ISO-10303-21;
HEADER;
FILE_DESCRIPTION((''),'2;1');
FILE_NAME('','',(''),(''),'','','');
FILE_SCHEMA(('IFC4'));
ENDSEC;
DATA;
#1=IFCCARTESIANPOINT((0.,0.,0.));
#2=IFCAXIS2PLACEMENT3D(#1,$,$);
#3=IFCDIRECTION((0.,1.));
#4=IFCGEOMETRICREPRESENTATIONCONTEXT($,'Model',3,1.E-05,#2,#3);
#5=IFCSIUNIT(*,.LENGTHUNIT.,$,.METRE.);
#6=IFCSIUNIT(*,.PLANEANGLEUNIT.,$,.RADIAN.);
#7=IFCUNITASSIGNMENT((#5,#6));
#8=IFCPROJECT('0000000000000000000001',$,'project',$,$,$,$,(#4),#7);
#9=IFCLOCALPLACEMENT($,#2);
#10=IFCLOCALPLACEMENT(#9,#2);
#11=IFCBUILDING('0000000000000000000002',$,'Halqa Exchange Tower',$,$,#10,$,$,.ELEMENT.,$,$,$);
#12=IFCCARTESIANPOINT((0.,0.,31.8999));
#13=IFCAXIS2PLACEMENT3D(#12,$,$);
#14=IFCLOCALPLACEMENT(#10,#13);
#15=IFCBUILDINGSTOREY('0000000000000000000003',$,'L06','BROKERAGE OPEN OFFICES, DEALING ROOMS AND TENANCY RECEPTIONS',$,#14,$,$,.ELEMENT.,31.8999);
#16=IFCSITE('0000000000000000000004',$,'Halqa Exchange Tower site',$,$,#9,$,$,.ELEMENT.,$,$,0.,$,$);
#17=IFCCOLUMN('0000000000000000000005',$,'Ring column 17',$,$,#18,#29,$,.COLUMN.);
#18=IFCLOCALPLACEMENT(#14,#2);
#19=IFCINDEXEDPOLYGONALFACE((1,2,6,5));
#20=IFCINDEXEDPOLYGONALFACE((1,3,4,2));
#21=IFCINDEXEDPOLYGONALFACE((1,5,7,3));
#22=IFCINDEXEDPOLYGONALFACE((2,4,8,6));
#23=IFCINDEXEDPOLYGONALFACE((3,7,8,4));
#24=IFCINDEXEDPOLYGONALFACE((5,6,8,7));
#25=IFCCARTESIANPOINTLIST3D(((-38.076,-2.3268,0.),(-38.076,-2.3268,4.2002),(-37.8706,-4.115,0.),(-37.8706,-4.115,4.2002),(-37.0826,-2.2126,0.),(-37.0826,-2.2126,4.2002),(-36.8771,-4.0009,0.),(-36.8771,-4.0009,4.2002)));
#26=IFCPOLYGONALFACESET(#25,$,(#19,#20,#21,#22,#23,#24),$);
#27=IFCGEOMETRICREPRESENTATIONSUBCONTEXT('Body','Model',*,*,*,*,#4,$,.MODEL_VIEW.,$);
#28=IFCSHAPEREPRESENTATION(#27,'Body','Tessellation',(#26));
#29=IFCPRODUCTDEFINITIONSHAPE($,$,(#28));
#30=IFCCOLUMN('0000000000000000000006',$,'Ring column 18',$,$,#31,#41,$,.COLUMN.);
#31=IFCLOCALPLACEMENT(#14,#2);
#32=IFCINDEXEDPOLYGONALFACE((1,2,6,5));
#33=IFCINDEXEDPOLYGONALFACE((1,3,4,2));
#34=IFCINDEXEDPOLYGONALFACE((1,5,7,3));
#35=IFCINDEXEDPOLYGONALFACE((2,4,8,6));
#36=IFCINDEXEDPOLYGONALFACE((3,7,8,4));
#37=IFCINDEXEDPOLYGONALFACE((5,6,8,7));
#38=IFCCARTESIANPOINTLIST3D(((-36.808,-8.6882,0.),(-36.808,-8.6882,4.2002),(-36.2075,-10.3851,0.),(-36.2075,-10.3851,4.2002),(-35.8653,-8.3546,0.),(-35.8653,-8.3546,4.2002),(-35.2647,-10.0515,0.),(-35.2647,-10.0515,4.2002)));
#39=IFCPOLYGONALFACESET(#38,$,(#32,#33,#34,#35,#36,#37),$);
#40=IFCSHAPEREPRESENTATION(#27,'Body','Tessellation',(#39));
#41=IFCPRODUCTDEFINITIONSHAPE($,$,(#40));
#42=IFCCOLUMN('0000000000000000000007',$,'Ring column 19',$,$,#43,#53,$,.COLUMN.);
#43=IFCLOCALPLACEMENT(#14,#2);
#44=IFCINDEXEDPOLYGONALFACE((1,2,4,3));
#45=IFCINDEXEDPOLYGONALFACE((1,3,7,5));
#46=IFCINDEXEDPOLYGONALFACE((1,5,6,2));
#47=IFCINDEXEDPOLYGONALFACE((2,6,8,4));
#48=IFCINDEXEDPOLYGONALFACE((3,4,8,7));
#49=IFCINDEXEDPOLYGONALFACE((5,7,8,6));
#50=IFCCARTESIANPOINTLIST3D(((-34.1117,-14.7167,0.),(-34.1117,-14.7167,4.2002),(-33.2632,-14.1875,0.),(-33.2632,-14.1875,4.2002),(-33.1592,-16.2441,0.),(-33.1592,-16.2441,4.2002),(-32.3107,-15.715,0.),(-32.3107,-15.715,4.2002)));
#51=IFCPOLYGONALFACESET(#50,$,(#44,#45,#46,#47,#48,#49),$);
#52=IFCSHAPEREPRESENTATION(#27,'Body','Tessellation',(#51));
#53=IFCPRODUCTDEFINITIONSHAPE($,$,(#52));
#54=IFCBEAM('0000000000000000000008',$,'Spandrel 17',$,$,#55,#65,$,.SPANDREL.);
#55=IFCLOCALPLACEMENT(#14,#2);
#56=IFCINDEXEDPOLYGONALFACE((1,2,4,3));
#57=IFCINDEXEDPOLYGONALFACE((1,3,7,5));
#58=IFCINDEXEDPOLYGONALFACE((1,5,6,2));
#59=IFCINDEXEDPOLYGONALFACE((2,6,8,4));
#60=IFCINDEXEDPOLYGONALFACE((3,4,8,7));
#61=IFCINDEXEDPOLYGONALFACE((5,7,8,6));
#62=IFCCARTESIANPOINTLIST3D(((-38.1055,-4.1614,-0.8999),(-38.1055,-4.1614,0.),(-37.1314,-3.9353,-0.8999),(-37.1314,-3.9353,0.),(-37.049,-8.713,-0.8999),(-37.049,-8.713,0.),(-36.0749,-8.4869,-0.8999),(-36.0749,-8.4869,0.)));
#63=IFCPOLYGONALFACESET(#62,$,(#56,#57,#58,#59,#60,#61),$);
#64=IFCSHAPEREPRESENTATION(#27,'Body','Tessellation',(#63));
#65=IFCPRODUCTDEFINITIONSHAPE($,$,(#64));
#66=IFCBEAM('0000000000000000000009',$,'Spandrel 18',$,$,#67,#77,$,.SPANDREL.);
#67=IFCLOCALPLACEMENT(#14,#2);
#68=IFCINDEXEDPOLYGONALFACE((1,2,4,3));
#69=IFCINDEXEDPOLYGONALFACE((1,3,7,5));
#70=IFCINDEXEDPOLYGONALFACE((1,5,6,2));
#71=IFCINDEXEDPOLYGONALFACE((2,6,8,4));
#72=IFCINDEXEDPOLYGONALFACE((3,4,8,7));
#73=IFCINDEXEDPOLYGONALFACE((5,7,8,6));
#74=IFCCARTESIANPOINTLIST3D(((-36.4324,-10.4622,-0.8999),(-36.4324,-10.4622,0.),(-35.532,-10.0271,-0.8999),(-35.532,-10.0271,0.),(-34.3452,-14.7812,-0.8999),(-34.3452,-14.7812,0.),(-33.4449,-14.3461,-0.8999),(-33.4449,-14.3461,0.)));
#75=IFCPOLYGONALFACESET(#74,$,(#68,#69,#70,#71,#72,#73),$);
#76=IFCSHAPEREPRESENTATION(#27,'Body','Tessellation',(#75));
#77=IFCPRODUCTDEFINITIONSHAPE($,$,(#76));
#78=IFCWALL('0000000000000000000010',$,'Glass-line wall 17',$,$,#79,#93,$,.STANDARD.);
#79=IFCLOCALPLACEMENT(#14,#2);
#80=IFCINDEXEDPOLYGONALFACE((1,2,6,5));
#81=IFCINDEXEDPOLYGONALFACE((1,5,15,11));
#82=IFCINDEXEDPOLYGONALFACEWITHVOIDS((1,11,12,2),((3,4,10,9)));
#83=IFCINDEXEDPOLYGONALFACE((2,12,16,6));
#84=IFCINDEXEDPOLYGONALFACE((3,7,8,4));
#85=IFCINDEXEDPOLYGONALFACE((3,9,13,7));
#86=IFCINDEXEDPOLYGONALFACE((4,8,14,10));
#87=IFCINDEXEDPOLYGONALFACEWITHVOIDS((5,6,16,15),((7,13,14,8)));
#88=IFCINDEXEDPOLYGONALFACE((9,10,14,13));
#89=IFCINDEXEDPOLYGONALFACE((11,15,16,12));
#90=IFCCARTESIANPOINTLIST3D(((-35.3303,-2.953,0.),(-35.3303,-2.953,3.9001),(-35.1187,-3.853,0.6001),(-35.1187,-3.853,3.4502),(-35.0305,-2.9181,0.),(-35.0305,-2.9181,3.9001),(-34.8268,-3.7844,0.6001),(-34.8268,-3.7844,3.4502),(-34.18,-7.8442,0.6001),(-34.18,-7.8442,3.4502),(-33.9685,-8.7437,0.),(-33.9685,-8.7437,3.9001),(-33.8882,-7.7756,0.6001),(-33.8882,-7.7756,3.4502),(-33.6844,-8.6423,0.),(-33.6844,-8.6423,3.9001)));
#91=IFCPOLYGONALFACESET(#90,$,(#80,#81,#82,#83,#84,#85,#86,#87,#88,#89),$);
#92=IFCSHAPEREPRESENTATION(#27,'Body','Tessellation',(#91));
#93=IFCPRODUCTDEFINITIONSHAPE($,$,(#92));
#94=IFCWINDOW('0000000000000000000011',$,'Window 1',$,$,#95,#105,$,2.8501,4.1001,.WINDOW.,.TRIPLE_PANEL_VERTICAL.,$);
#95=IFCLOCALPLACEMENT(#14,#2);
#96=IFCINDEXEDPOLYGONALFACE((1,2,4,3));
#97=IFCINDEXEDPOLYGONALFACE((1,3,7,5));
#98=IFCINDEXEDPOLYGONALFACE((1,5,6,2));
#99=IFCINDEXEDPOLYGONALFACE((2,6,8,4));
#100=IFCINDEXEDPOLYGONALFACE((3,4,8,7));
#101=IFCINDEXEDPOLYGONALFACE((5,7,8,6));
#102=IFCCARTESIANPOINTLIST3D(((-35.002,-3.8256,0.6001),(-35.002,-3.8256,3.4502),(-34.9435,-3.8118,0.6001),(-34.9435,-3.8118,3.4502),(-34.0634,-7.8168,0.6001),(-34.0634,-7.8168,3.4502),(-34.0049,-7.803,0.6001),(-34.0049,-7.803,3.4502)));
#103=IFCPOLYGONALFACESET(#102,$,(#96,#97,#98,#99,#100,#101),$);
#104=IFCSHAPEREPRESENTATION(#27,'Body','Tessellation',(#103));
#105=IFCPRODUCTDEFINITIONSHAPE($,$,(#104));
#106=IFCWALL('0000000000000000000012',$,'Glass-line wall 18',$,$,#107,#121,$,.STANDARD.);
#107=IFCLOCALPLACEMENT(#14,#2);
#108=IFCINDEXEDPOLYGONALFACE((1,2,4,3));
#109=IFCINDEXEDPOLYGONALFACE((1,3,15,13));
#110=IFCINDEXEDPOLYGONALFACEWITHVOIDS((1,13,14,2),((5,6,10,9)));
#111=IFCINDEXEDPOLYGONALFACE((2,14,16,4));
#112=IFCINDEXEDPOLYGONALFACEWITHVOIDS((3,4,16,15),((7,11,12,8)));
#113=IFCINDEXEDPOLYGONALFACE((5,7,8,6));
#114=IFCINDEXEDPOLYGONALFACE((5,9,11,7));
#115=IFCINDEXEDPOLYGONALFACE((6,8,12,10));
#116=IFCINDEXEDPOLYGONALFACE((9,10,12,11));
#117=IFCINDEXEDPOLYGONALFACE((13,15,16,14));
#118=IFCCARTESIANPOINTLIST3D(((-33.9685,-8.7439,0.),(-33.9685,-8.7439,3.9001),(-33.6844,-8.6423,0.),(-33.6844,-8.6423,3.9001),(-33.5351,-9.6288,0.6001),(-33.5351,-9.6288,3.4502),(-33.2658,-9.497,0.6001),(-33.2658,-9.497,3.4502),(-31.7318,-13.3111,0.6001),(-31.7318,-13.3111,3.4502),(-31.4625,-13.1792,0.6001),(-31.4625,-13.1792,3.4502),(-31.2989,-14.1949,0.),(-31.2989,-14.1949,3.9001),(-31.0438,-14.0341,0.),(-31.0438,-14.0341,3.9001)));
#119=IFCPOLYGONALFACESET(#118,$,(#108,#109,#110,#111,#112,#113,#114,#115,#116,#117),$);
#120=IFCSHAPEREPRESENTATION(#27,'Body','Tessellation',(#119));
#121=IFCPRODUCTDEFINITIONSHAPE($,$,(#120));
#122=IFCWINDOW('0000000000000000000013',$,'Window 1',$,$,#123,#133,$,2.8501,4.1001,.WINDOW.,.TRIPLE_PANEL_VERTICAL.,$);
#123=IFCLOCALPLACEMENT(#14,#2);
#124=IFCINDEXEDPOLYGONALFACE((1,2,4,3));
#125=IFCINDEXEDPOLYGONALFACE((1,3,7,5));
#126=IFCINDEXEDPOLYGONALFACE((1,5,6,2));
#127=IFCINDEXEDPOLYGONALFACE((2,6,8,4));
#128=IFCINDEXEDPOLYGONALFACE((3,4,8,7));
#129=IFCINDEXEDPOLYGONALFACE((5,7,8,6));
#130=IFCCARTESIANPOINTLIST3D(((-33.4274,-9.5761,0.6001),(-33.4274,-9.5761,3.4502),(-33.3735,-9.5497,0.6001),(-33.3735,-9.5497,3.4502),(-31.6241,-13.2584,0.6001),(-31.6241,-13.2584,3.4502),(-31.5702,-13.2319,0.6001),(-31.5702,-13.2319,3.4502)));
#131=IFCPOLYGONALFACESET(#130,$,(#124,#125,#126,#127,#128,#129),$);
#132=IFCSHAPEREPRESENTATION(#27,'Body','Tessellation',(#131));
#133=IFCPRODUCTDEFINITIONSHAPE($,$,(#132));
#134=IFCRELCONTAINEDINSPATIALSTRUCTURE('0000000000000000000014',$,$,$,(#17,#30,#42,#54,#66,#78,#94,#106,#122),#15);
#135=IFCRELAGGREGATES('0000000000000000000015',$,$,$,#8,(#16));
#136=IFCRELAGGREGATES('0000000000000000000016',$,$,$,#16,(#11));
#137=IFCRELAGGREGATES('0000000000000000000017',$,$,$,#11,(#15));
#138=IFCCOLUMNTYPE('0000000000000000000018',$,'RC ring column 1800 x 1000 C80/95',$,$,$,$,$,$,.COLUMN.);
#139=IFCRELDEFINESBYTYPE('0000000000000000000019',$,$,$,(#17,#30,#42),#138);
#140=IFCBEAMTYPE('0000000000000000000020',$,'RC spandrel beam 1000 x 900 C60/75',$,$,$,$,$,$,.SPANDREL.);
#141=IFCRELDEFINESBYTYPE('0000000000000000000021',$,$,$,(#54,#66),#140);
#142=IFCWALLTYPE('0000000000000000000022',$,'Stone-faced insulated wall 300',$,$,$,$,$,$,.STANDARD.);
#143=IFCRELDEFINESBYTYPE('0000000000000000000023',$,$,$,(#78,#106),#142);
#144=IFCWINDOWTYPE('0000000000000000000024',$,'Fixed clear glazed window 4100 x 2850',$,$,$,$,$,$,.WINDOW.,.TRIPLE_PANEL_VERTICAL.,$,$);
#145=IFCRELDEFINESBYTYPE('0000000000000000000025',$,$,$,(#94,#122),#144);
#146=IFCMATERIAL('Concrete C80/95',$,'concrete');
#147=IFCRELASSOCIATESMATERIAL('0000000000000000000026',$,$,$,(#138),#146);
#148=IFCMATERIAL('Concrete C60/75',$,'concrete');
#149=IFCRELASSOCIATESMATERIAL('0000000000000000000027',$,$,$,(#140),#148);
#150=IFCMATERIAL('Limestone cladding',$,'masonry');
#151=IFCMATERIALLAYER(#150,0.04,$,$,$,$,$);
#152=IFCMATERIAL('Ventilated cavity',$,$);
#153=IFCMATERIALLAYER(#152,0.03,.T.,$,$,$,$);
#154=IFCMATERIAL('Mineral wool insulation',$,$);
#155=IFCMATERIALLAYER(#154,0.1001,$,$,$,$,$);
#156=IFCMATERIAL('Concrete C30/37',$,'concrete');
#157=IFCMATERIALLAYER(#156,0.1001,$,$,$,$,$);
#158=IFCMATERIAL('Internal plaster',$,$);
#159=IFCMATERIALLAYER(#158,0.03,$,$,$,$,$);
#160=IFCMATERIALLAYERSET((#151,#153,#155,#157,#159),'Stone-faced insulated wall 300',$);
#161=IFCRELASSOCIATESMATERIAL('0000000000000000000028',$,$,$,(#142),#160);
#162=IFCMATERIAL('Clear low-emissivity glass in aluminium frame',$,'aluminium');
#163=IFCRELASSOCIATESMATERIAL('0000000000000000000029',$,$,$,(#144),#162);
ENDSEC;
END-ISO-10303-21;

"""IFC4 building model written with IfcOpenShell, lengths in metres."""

from ifc_helpers import new_model, si_unit, direction, frame, frame_2d, origin, origin_2d, place, context, subcontext, project, spatial, polyline, rectangle, outline, extrude, material, layer, layer_set, material_profile, profile_set, type_object, element, fill, save


model = new_model("IFC4")

# Units and contexts
model_context = context("Model", 3, precision=1e-05, world=origin(), true_north=direction((0.0, 1.0)))
body_context = subcontext(model_context, "Body", "Model", "MODEL_VIEW")
ifc_project = project(units=[si_unit("LENGTHUNIT", "METRE"), si_unit("PLANEANGLEUNIT", "RADIAN")], contexts=[model_context])

# Site, building, storey
site_placement = place(None, origin())
site = spatial("IfcSite", under=ifc_project, at=site_placement, Name="Halqa Exchange Tower site", CompositionType="ELEMENT", RefElevation=0.0)
building_placement = place(site_placement, origin())
building = spatial("IfcBuilding", under=site, at=building_placement, Name="Halqa Exchange Tower", CompositionType="ELEMENT")
storey_placement = place(building_placement, frame((0.0, 0.0, 31.8999)))
storey = spatial("IfcBuildingStorey", under=building, at=storey_placement, Name="L06", Description="BROKERAGE OPEN OFFICES, DEALING ROOMS AND TENANCY RECEPTIONS", CompositionType="ELEMENT", Elevation=31.8999)

# Columns
ifc_material_1 = material(Name="Concrete C80/95", Category="concrete")
ifc_material_profile_1 = material_profile(ifc_material_1, rectangle(XDim=1.8, YDim=1.0, at=origin_2d()), Name="1800 x 1000")
ifc_profile_set_1 = profile_set([ifc_material_profile_1], Name="Concrete C80/95")
column_type = type_object("IfcColumnType", Name="RC ring column 1800 x 1000 C80/95", PredefinedType="COLUMN", material=ifc_profile_set_1)
for number, where, z_axis, x_axis, name in (
    (1, (-37.4766, -3.1638, 0.0), (0.0, 0.0, 1.0), (0.114155, -0.993463, 0.0), "Ring column 17"),
    (2, (-36.0364, -9.3699, 0.0), (0.0, 0.0, 1.0), (0.333631, -0.942704, 0.0), "Ring column 18"),
    (3, (-33.2112, -15.2158, 0.0), (0.0, 0.0, 1.0), (0.529142, -0.848533, 0.0), "Ring column 19"),
):
    element("IfcColumn", number, at=place(storey_placement, frame(where, z_axis=z_axis, x_axis=x_axis)), inside=storey, type_object=column_type, Name=name, PredefinedType="COLUMN", context=body_context, shape_type="SweptSolid", body=[
        extrude(rectangle(XDim=1.8, YDim=1.0, at=origin_2d()), origin(), (0.0, 0.0, 1.0), 4.2002),
    ])

# Beams
ifc_material_2 = material(Name="Concrete C60/75", Category="concrete")
ifc_material_profile_2 = material_profile(ifc_material_2, rectangle(XDim=1.0, YDim=0.8999, at=origin_2d()), Name="1000 x 900")
ifc_profile_set_2 = profile_set([ifc_material_profile_2], Name="Concrete C60/75")
beam_type = type_object("IfcBeamType", Name="RC spandrel beam 1000 x 900 C60/75", PredefinedType="SPANDREL", material=ifc_profile_set_2)
beam_1_placement = place(storey_placement, frame((-37.6184, -4.0483, -0.45), z_axis=(0.226088, -0.974107, 0.0), x_axis=(0.974107, 0.226088, 0.0)))
element("IfcBeam", 4, at=beam_1_placement, inside=storey, type_object=beam_type, Name="Spandrel 17", PredefinedType="SPANDREL", context=body_context, shape_type="SweptSolid", body=[
    extrude(rectangle(XDim=1.0, YDim=0.8999, at=origin_2d()), origin(), (0.0, 0.0, 1.0), 4.6726),
])
beam_2_placement = place(storey_placement, frame((-35.9822, -10.2446, -0.45), z_axis=(0.435101, -0.900382, 0.0), x_axis=(0.900382, 0.435101, 0.0)))
element("IfcBeam", 5, at=beam_2_placement, inside=storey, type_object=beam_type, Name="Spandrel 18", PredefinedType="SPANDREL", context=body_context, shape_type="SweptSolid", body=[
    extrude(rectangle(XDim=1.0, YDim=0.8999, at=origin_2d()), origin(), (0.0, 0.0, 1.0), 4.7969),
])

# Walls, openings, windows
ifc_material_3 = material(Name="Limestone cladding", Category="masonry")
ifc_layer_1 = layer(ifc_material_3, 0.04)
ifc_material_4 = material(Name="Ventilated cavity")
ifc_layer_2 = layer(ifc_material_4, 0.03, ventilated=True)
ifc_material_5 = material(Name="Mineral wool insulation")
ifc_layer_3 = layer(ifc_material_5, 0.1001)
ifc_material_6 = material(Name="Concrete C30/37", Category="concrete")
ifc_layer_4 = layer(ifc_material_6, 0.1001)
ifc_material_7 = material(Name="Internal plaster")
ifc_layer_5 = layer(ifc_material_7, 0.03)
ifc_layer_set = layer_set([ifc_layer_1, ifc_layer_2, ifc_layer_3, ifc_layer_4, ifc_layer_5], Name="Stone-faced insulated wall 300")
wall_type = type_object("IfcWallType", Name="Stone-faced insulated wall 300", PredefinedType="STANDARD", material=ifc_layer_set)
wall_1_placement = place(storey_placement, frame((-35.1804, -2.9355, 0.0), z_axis=(0.0, 0.0, 1.0), x_axis=(0.228924, -0.973444, 0.0)))
wall_1 = element("IfcWall", 6, at=wall_1_placement, inside=storey, type_object=wall_type, Name="Glass-line wall 17", PredefinedType="STANDARD", context=body_context, shape_type="SweptSolid", body=[
    extrude(outline(polyline([(-0.0173, -0.1499), (5.9314, -0.1499), (5.8977, 0.1499), (0.0173, 0.1499), (-0.0173, -0.1499)])), origin(), (0.0, 0.0, 1.0), 3.9001),
])
opening_1_placement = place(wall_1_placement, frame((0.9072, 0.0, 0.6001)))
opening_1 = element("IfcOpeningElement", 7, at=opening_1_placement, cuts=wall_1, PredefinedType="OPENING", context=body_context, shape_type="SweptSolid", body=[
    extrude(rectangle(XDim=4.1001, YDim=2.8501, at=frame_2d((2.05, 1.425))), frame((0.0, 0.1621, 0.0), z_axis=(0.0, -1.0, 0.0), x_axis=(1.0, 0.0, 0.0)), (0.0, 0.0, 1.0), 0.324),
])
ifc_material_8 = material(Name="Clear low-emissivity glass in aluminium frame", Category="aluminium")
window_type = type_object("IfcWindowType", Name="Fixed clear glazed window 4100 x 2850", PartitioningType="TRIPLE_PANEL_VERTICAL", PredefinedType="WINDOW", material=ifc_material_8)
window_1_placement = place(opening_1_placement, origin())
window_1 = element("IfcWindow", 8, at=window_1_placement, inside=storey, type_object=window_type, Name="Window 1", OverallHeight=2.8501, OverallWidth=4.1001, PartitioningType="TRIPLE_PANEL_VERTICAL", PredefinedType="WINDOW", context=body_context, shape_type="SweptSolid", body=[
    extrude(rectangle(XDim=4.1001, YDim=2.8501, at=frame_2d((2.05, 1.425))), frame((0.0, 0.03, 0.0), z_axis=(0.0, -1.0, 0.0), x_axis=(1.0, 0.0, 0.0)), (0.0, 0.0, 1.0), 0.0601),
])
fill(opening_1, window_1)
wall_2_placement = place(storey_placement, frame((-33.8264, -8.6931, 0.0), z_axis=(0.0, 0.0, 1.0), x_axis=(0.439822, -0.898085, 0.0)))
wall_2 = element("IfcWall", 9, at=wall_2_placement, inside=storey, type_object=wall_type, Name="Glass-line wall 18", PredefinedType="STANDARD", context=body_context, shape_type="SweptSolid", body=[
    extrude(outline(polyline([(-0.0168, -0.1499), (6.0527, -0.1499), (6.0205, 0.1499), (0.0168, 0.1499), (-0.0168, -0.1499)])), origin(), (0.0, 0.0, 1.0), 3.9001),
])
opening_2_placement = place(wall_2_placement, frame((0.9685, 0.0, 0.6001)))
opening_2 = element("IfcOpeningElement", 10, at=opening_2_placement, cuts=wall_2, PredefinedType="OPENING", context=body_context, shape_type="SweptSolid", body=[
    extrude(rectangle(XDim=4.1001, YDim=2.8501, at=frame_2d((2.05, 1.425))), frame((0.0, 0.1621, 0.0), z_axis=(0.0, -1.0, 0.0), x_axis=(1.0, 0.0, 0.0)), (0.0, 0.0, 1.0), 0.324),
])
window_2_placement = place(opening_2_placement, origin())
window_2 = element("IfcWindow", 11, at=window_2_placement, inside=storey, type_object=window_type, Name="Window 1", OverallHeight=2.8501, OverallWidth=4.1001, PartitioningType="TRIPLE_PANEL_VERTICAL", PredefinedType="WINDOW", context=body_context, shape_type="SweptSolid", body=[
    extrude(rectangle(XDim=4.1001, YDim=2.8501, at=frame_2d((2.05, 1.425))), frame((0.0, 0.03, 0.0), z_axis=(0.0, -1.0, 0.0), x_axis=(1.0, 0.0, 0.0)), (0.0, 0.0, 1.0), 0.0601),
])
fill(opening_2, window_2)

save(model, "model.ifc")
